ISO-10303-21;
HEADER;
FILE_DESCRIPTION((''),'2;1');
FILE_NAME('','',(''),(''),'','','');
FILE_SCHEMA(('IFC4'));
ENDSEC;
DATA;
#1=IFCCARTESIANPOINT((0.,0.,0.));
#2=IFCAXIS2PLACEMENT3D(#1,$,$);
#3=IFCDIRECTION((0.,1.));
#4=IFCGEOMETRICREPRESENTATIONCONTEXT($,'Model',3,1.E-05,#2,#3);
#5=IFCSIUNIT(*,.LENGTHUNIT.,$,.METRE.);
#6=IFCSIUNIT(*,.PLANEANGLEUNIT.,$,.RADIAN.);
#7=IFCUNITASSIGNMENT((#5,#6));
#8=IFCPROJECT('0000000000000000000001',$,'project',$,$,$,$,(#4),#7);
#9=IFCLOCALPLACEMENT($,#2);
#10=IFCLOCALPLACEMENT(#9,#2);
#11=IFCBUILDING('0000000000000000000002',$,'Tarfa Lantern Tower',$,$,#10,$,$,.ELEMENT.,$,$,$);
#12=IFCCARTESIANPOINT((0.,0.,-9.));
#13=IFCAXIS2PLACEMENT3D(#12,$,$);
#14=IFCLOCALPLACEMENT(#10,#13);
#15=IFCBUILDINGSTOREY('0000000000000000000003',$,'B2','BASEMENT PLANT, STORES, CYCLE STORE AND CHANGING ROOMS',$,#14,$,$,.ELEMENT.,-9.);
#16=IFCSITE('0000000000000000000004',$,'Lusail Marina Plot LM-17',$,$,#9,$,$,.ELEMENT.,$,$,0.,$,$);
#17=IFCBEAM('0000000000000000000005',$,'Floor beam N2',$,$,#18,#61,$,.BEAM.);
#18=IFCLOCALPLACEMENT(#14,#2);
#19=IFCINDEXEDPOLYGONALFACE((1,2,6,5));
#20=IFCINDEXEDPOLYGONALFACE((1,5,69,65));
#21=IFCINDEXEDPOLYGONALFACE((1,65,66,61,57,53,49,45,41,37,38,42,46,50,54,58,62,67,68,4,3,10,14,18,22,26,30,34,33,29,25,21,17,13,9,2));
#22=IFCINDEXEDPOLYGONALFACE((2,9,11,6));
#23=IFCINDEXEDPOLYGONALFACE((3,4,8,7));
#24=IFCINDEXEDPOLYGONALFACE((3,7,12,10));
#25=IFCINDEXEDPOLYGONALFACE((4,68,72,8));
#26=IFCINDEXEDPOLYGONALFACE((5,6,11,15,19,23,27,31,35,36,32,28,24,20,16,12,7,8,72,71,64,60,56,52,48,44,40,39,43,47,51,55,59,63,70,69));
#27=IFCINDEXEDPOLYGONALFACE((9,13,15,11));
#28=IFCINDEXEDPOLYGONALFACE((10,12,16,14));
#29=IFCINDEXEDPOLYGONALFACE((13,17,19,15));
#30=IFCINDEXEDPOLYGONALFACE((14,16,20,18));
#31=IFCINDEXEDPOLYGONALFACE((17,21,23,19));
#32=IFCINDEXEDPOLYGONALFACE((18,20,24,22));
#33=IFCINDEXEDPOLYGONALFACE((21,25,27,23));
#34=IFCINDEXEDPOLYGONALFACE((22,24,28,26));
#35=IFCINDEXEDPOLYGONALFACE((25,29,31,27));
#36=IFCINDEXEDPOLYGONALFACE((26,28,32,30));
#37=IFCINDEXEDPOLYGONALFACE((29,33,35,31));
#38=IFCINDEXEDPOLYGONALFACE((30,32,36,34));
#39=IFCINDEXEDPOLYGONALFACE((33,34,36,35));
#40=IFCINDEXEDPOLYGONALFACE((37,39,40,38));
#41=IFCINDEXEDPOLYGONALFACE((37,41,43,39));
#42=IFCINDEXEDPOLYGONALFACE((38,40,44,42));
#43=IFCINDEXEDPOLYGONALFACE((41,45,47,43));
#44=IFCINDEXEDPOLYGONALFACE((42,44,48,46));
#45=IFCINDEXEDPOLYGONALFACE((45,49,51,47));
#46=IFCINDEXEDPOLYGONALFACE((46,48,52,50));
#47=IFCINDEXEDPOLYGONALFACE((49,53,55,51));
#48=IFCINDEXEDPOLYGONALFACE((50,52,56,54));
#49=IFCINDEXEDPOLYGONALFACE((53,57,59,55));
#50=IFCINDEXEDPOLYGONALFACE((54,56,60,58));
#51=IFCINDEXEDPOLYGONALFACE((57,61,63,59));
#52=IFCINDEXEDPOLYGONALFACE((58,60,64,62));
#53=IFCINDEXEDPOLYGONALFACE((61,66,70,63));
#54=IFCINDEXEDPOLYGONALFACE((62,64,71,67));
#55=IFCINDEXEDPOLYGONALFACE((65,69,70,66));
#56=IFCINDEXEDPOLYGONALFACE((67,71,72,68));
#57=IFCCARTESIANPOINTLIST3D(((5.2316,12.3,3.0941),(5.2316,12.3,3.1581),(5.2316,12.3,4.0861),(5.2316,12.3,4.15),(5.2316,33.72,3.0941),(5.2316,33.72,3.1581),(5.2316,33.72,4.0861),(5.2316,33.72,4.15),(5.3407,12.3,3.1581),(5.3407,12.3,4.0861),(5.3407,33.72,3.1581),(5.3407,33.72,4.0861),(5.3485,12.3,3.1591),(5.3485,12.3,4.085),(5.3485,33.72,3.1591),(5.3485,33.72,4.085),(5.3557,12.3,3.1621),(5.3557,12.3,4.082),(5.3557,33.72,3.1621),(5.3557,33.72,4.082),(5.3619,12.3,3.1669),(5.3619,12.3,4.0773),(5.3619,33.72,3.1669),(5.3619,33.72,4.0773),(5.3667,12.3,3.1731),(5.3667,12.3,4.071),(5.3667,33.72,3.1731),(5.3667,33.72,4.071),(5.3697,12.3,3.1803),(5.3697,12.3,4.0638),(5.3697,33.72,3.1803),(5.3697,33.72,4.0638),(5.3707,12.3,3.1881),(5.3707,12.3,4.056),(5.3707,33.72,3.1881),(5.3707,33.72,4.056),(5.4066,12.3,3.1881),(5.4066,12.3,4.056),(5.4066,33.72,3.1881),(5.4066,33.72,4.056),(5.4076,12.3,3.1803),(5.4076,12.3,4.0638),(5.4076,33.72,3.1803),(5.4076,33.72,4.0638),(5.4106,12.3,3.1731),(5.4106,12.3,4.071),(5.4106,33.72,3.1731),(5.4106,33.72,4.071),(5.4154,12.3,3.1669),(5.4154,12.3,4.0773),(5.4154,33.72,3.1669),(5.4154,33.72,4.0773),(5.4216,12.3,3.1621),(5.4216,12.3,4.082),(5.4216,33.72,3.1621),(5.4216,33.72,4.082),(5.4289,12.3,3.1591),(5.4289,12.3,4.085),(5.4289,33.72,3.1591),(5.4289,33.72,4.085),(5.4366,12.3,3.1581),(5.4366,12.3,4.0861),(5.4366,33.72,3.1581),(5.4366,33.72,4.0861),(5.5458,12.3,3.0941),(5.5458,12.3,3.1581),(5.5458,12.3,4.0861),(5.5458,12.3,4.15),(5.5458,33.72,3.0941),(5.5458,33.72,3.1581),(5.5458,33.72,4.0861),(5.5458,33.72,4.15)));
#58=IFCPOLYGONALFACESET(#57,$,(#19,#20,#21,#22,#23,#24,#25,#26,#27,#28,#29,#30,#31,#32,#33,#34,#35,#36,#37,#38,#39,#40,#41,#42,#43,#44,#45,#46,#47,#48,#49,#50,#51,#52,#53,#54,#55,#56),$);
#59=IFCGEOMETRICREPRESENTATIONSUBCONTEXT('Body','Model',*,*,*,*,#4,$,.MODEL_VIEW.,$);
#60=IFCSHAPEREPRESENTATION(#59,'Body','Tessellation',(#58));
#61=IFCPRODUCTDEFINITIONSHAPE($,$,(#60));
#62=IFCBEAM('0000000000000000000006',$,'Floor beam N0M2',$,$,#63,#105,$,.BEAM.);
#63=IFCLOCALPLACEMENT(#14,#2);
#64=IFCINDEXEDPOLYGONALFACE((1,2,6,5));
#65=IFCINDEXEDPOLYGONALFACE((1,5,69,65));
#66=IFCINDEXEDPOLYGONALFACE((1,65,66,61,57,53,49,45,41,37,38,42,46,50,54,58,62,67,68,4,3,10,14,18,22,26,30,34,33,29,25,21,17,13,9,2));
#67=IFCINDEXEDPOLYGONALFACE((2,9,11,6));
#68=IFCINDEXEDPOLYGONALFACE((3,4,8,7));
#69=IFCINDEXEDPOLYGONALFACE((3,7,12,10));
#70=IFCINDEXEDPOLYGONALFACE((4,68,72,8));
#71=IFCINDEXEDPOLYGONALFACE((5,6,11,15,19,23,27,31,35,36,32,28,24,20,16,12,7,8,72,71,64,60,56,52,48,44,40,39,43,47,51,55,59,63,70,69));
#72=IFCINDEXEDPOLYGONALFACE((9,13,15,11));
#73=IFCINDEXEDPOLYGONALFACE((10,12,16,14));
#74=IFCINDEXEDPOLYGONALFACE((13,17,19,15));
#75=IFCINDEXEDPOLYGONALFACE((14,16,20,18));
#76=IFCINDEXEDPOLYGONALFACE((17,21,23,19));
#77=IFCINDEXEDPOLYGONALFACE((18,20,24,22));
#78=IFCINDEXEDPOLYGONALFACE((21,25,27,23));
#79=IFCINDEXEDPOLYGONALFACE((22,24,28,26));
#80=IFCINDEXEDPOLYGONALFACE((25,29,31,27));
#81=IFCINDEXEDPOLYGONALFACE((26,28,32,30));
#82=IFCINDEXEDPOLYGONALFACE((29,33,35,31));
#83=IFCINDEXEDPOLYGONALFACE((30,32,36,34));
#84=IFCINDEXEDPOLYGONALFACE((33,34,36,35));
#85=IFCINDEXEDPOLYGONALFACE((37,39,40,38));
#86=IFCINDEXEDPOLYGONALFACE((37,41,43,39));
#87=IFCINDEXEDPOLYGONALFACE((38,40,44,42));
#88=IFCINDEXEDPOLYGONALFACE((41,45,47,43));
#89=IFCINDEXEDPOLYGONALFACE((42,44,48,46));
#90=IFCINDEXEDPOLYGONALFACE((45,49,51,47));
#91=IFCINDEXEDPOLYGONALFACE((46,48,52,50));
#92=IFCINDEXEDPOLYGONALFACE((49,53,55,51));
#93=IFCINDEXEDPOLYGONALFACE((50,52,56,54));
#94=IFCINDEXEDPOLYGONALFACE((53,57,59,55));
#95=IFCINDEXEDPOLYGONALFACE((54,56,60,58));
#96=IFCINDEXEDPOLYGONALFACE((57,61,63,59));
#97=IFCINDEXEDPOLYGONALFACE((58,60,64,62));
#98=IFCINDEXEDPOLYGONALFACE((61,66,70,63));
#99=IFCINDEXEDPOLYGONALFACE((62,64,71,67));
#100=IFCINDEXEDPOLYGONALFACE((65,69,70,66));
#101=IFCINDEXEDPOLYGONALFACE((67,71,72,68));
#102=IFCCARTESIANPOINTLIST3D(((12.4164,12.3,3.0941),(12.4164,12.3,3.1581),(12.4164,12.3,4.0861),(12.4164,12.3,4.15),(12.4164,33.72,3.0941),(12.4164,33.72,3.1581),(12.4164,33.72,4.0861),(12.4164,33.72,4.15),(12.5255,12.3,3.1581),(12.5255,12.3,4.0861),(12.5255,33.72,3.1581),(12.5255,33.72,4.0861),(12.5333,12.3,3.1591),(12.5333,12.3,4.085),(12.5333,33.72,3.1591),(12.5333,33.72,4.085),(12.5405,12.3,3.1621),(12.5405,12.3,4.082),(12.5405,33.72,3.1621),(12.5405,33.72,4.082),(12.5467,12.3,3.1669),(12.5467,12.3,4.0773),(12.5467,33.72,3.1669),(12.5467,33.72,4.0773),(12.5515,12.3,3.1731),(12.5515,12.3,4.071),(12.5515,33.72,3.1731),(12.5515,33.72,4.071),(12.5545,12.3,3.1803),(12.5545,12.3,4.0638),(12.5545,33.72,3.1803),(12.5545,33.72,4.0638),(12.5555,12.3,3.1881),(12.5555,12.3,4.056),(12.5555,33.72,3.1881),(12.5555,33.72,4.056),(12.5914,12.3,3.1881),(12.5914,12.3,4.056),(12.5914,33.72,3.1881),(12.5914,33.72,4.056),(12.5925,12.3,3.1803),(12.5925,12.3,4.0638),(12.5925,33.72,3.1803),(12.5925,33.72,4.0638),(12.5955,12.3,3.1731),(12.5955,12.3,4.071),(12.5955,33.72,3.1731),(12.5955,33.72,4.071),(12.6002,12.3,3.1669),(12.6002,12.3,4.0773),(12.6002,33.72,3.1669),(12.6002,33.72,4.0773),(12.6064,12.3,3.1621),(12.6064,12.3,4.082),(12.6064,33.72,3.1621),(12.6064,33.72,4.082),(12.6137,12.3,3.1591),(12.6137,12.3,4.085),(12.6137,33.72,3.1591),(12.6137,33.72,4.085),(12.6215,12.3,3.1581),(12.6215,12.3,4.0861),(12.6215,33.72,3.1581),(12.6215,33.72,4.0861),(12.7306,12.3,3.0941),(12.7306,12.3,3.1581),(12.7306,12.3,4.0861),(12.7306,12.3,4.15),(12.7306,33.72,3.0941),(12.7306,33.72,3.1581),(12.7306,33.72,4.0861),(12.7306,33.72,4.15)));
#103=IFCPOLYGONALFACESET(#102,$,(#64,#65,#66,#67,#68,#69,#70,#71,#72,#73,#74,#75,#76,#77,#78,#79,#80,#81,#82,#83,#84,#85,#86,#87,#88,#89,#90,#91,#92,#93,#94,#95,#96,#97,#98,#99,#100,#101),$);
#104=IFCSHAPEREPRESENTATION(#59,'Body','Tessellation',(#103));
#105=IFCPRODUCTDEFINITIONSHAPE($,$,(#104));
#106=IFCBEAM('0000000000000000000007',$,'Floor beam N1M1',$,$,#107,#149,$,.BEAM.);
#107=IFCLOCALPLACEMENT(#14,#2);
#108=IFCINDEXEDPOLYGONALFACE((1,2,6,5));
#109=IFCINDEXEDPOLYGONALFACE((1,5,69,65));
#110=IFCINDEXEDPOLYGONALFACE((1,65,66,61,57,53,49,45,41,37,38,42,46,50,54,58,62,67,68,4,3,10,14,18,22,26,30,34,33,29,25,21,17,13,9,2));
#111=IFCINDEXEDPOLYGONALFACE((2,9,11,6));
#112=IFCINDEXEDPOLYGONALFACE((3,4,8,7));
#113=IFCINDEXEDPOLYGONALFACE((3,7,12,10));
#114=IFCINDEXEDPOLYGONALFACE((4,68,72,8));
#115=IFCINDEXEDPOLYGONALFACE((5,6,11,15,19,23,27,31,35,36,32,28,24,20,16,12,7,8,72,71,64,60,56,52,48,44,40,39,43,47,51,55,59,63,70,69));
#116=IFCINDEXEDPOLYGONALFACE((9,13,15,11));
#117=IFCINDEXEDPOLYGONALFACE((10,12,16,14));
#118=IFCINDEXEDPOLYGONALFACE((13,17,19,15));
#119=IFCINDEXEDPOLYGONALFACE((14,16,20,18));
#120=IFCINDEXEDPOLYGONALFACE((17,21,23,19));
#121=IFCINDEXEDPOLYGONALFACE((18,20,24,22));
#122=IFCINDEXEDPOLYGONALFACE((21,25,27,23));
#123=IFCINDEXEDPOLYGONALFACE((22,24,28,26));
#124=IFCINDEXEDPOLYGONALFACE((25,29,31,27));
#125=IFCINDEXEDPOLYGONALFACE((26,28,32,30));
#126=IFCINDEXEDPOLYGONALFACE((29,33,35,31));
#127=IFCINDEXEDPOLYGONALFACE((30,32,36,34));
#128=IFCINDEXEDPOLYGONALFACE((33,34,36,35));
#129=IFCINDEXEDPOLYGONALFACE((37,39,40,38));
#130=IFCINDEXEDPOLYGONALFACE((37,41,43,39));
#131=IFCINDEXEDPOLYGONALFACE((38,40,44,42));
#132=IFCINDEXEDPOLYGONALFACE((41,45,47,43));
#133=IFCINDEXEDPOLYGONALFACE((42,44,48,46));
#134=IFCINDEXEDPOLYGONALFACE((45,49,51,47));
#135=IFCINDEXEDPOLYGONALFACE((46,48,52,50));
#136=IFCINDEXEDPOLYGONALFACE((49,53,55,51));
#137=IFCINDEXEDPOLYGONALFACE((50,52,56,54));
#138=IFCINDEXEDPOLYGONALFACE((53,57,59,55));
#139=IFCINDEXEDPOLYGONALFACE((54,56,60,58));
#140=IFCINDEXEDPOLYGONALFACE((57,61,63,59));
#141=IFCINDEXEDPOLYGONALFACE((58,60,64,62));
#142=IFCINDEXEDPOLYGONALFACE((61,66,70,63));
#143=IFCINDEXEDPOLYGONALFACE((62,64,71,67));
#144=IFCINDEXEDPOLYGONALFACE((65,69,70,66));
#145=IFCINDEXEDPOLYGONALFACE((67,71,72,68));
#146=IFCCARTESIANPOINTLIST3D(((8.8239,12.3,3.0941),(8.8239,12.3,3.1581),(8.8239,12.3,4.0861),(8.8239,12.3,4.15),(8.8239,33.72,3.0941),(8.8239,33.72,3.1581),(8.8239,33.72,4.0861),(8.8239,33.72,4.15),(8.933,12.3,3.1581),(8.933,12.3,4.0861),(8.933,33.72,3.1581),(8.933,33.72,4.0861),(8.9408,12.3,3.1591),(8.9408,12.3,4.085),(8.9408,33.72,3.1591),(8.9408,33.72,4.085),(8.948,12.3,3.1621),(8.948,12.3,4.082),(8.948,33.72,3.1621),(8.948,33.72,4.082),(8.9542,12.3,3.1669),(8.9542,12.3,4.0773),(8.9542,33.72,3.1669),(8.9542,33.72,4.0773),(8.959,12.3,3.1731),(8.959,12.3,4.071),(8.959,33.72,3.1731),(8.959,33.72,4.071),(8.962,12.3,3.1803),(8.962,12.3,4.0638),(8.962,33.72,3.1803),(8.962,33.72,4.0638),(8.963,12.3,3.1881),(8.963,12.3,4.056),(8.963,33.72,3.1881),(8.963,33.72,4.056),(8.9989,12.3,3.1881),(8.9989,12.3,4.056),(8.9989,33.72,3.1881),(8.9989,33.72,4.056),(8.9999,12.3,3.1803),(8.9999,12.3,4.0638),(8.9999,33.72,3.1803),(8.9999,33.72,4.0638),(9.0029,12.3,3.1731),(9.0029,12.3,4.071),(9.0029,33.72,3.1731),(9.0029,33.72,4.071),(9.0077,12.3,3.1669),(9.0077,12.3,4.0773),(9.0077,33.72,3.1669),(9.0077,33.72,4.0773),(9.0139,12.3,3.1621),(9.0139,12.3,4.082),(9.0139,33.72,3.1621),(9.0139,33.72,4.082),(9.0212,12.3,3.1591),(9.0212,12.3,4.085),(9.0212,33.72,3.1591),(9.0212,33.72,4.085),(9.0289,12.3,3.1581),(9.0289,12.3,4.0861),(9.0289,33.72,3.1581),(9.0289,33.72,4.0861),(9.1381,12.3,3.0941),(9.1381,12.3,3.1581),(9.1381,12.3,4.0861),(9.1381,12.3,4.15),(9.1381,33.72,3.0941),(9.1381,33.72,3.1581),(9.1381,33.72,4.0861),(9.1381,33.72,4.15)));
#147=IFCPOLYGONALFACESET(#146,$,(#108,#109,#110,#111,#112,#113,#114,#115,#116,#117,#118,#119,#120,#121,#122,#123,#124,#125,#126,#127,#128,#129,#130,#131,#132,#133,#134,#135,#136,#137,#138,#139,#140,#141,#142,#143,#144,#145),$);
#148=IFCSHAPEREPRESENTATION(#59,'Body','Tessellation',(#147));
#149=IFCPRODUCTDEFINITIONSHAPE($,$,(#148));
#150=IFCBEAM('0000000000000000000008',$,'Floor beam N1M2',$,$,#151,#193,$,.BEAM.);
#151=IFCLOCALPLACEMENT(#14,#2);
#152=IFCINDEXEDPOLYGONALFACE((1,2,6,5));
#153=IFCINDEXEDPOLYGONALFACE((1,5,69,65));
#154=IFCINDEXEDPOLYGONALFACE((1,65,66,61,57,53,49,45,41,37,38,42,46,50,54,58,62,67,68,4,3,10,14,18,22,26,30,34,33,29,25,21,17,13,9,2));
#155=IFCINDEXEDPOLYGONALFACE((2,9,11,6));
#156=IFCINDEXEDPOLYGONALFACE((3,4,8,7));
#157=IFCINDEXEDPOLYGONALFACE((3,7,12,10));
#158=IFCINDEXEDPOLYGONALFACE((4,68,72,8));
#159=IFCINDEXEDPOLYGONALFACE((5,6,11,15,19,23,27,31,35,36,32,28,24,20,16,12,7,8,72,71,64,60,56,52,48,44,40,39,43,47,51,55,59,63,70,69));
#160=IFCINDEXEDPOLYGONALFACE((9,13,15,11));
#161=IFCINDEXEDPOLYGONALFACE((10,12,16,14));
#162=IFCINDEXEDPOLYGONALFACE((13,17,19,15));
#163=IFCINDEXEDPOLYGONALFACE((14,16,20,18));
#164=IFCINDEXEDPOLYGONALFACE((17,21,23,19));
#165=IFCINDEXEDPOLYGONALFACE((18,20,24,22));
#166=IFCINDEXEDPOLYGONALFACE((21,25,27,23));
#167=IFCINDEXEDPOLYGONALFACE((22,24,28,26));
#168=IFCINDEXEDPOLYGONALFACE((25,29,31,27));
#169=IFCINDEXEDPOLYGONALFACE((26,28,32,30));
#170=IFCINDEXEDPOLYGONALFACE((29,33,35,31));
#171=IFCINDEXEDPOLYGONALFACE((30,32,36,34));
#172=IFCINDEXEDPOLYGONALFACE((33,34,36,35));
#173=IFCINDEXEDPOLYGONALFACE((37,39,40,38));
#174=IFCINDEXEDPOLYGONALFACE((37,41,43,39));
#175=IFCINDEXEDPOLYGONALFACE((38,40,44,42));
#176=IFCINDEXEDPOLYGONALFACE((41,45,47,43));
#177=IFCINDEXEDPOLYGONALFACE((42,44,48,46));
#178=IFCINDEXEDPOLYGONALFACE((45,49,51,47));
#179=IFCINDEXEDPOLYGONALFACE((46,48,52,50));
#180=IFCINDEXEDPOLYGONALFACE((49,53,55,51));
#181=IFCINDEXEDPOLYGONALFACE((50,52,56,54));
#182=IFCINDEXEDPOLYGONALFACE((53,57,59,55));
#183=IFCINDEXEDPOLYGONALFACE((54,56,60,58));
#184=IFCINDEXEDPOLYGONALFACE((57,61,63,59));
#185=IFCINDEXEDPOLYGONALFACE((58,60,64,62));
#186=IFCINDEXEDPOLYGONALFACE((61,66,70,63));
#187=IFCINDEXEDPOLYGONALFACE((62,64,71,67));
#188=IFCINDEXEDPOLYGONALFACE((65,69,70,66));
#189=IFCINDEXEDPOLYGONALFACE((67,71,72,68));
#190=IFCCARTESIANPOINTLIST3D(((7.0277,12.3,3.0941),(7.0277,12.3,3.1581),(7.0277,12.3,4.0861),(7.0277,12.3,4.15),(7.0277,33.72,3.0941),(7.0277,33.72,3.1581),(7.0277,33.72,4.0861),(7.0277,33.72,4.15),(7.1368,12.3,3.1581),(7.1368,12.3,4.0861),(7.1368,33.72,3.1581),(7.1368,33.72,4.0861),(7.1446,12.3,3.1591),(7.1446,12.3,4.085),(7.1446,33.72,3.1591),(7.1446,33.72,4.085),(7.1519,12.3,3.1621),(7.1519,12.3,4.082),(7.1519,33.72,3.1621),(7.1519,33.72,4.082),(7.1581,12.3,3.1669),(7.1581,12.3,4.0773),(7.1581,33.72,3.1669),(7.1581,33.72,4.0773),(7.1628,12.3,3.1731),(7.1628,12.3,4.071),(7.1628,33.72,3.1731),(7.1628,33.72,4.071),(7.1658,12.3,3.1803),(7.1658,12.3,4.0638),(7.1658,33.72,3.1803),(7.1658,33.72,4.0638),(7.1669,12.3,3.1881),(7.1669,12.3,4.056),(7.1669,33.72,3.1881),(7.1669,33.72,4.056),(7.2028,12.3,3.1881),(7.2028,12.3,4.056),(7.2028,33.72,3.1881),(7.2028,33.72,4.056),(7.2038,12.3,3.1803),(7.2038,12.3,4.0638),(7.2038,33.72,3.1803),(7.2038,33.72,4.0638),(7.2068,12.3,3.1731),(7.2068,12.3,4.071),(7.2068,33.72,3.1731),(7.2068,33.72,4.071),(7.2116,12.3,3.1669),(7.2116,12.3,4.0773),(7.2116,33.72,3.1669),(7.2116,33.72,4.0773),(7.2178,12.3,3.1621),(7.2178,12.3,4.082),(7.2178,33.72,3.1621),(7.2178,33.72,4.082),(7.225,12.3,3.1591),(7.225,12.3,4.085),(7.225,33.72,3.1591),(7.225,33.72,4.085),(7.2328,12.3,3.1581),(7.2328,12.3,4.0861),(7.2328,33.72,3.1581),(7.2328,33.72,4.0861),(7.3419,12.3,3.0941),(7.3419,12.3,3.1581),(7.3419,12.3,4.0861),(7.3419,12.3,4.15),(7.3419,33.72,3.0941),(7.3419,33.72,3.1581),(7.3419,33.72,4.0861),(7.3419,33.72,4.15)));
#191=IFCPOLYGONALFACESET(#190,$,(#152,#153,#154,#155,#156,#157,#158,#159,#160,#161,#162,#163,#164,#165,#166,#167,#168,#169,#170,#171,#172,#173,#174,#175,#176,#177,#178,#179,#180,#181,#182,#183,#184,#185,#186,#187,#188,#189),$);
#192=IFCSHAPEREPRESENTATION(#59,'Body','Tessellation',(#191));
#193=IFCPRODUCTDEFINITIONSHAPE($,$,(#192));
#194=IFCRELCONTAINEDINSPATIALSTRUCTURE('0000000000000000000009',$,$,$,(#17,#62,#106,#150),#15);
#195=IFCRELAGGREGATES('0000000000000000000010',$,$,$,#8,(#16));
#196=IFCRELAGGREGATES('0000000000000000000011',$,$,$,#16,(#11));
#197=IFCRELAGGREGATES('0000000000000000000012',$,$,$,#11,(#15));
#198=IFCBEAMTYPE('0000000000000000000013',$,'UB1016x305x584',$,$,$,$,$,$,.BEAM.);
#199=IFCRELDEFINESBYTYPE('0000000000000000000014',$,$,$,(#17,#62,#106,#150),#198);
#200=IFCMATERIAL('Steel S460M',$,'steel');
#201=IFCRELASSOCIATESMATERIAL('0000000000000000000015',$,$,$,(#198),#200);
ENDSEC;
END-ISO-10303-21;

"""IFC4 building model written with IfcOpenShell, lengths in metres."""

from ifc_helpers import new_model, si_unit, direction, frame, origin, origin_2d, place, context, subcontext, project, spatial, i_section, extrude, material, material_profile, profile_set, type_object, element, save


model = new_model("IFC4")

# Units and contexts
model_context = context("Model", 3, precision=1e-05, world=origin(), true_north=direction((0.0, 1.0)))
body_context = subcontext(model_context, "Body", "Model", "MODEL_VIEW")
ifc_project = project(units=[si_unit("LENGTHUNIT", "METRE"), si_unit("PLANEANGLEUNIT", "RADIAN")], contexts=[model_context])

# Site, building, storey
site_placement = place(None, origin())
site = spatial("IfcSite", under=ifc_project, at=site_placement, Name="Lusail Marina Plot LM-17", CompositionType="ELEMENT", RefElevation=0.0)
building_placement = place(site_placement, origin())
building = spatial("IfcBuilding", under=site, at=building_placement, Name="Tarfa Lantern Tower", CompositionType="ELEMENT")
storey_placement = place(building_placement, frame((0.0, 0.0, -9.0)))
storey = spatial("IfcBuildingStorey", under=building, at=storey_placement, Name="B2", Description="BASEMENT PLANT, STORES, CYCLE STORE AND CHANGING ROOMS", CompositionType="ELEMENT", Elevation=-9.0)

# Beams
ifc_material_1 = material(Name="Steel S460M", Category="steel")
ifc_material_profile_1 = material_profile(ifc_material_1, i_section(OverallWidth=0.3142, OverallDepth=1.0559, WebThickness=0.0359, FlangeThickness=0.064, FilletRadius=0.03, at=origin_2d()), Name="UB1016x305x584")
ifc_profile_set_1 = profile_set([ifc_material_profile_1], Name="Steel S460M")
beam_type_1 = type_object("IfcBeamType", Name="UB1016x305x584", PredefinedType="BEAM", material=ifc_profile_set_1)
for number, where, z_axis, x_axis, name in (
    (1, (5.3887, 33.72, 3.6221), (0.0, -1.0, 0.0), (1.0, 0.0, 0.0), "Floor beam N2"),
    (2, (12.5735, 33.72, 3.6221), (0.0, -1.0, 0.0), (1.0, 0.0, 0.0), "Floor beam N0M2"),
    (3, (8.981, 33.72, 3.6221), (0.0, -1.0, 0.0), (1.0, 0.0, 0.0), "Floor beam N1M1"),
    (4, (7.1848, 33.72, 3.6221), (0.0, -1.0, 0.0), (1.0, 0.0, 0.0), "Floor beam N1M2"),
):
    element("IfcBeam", number, at=place(storey_placement, frame(where, z_axis=z_axis, x_axis=x_axis)), inside=storey, type_object=beam_type_1, Name=name, PredefinedType="BEAM", context=body_context, shape_type="SweptSolid", body=[
        extrude(i_section(OverallWidth=0.3142, OverallDepth=1.0559, WebThickness=0.0359, FlangeThickness=0.064, FilletRadius=0.03, at=origin_2d()), origin(), (0.0, 0.0, 1.0), 21.4199),
    ])

save(model, "model.ifc")
